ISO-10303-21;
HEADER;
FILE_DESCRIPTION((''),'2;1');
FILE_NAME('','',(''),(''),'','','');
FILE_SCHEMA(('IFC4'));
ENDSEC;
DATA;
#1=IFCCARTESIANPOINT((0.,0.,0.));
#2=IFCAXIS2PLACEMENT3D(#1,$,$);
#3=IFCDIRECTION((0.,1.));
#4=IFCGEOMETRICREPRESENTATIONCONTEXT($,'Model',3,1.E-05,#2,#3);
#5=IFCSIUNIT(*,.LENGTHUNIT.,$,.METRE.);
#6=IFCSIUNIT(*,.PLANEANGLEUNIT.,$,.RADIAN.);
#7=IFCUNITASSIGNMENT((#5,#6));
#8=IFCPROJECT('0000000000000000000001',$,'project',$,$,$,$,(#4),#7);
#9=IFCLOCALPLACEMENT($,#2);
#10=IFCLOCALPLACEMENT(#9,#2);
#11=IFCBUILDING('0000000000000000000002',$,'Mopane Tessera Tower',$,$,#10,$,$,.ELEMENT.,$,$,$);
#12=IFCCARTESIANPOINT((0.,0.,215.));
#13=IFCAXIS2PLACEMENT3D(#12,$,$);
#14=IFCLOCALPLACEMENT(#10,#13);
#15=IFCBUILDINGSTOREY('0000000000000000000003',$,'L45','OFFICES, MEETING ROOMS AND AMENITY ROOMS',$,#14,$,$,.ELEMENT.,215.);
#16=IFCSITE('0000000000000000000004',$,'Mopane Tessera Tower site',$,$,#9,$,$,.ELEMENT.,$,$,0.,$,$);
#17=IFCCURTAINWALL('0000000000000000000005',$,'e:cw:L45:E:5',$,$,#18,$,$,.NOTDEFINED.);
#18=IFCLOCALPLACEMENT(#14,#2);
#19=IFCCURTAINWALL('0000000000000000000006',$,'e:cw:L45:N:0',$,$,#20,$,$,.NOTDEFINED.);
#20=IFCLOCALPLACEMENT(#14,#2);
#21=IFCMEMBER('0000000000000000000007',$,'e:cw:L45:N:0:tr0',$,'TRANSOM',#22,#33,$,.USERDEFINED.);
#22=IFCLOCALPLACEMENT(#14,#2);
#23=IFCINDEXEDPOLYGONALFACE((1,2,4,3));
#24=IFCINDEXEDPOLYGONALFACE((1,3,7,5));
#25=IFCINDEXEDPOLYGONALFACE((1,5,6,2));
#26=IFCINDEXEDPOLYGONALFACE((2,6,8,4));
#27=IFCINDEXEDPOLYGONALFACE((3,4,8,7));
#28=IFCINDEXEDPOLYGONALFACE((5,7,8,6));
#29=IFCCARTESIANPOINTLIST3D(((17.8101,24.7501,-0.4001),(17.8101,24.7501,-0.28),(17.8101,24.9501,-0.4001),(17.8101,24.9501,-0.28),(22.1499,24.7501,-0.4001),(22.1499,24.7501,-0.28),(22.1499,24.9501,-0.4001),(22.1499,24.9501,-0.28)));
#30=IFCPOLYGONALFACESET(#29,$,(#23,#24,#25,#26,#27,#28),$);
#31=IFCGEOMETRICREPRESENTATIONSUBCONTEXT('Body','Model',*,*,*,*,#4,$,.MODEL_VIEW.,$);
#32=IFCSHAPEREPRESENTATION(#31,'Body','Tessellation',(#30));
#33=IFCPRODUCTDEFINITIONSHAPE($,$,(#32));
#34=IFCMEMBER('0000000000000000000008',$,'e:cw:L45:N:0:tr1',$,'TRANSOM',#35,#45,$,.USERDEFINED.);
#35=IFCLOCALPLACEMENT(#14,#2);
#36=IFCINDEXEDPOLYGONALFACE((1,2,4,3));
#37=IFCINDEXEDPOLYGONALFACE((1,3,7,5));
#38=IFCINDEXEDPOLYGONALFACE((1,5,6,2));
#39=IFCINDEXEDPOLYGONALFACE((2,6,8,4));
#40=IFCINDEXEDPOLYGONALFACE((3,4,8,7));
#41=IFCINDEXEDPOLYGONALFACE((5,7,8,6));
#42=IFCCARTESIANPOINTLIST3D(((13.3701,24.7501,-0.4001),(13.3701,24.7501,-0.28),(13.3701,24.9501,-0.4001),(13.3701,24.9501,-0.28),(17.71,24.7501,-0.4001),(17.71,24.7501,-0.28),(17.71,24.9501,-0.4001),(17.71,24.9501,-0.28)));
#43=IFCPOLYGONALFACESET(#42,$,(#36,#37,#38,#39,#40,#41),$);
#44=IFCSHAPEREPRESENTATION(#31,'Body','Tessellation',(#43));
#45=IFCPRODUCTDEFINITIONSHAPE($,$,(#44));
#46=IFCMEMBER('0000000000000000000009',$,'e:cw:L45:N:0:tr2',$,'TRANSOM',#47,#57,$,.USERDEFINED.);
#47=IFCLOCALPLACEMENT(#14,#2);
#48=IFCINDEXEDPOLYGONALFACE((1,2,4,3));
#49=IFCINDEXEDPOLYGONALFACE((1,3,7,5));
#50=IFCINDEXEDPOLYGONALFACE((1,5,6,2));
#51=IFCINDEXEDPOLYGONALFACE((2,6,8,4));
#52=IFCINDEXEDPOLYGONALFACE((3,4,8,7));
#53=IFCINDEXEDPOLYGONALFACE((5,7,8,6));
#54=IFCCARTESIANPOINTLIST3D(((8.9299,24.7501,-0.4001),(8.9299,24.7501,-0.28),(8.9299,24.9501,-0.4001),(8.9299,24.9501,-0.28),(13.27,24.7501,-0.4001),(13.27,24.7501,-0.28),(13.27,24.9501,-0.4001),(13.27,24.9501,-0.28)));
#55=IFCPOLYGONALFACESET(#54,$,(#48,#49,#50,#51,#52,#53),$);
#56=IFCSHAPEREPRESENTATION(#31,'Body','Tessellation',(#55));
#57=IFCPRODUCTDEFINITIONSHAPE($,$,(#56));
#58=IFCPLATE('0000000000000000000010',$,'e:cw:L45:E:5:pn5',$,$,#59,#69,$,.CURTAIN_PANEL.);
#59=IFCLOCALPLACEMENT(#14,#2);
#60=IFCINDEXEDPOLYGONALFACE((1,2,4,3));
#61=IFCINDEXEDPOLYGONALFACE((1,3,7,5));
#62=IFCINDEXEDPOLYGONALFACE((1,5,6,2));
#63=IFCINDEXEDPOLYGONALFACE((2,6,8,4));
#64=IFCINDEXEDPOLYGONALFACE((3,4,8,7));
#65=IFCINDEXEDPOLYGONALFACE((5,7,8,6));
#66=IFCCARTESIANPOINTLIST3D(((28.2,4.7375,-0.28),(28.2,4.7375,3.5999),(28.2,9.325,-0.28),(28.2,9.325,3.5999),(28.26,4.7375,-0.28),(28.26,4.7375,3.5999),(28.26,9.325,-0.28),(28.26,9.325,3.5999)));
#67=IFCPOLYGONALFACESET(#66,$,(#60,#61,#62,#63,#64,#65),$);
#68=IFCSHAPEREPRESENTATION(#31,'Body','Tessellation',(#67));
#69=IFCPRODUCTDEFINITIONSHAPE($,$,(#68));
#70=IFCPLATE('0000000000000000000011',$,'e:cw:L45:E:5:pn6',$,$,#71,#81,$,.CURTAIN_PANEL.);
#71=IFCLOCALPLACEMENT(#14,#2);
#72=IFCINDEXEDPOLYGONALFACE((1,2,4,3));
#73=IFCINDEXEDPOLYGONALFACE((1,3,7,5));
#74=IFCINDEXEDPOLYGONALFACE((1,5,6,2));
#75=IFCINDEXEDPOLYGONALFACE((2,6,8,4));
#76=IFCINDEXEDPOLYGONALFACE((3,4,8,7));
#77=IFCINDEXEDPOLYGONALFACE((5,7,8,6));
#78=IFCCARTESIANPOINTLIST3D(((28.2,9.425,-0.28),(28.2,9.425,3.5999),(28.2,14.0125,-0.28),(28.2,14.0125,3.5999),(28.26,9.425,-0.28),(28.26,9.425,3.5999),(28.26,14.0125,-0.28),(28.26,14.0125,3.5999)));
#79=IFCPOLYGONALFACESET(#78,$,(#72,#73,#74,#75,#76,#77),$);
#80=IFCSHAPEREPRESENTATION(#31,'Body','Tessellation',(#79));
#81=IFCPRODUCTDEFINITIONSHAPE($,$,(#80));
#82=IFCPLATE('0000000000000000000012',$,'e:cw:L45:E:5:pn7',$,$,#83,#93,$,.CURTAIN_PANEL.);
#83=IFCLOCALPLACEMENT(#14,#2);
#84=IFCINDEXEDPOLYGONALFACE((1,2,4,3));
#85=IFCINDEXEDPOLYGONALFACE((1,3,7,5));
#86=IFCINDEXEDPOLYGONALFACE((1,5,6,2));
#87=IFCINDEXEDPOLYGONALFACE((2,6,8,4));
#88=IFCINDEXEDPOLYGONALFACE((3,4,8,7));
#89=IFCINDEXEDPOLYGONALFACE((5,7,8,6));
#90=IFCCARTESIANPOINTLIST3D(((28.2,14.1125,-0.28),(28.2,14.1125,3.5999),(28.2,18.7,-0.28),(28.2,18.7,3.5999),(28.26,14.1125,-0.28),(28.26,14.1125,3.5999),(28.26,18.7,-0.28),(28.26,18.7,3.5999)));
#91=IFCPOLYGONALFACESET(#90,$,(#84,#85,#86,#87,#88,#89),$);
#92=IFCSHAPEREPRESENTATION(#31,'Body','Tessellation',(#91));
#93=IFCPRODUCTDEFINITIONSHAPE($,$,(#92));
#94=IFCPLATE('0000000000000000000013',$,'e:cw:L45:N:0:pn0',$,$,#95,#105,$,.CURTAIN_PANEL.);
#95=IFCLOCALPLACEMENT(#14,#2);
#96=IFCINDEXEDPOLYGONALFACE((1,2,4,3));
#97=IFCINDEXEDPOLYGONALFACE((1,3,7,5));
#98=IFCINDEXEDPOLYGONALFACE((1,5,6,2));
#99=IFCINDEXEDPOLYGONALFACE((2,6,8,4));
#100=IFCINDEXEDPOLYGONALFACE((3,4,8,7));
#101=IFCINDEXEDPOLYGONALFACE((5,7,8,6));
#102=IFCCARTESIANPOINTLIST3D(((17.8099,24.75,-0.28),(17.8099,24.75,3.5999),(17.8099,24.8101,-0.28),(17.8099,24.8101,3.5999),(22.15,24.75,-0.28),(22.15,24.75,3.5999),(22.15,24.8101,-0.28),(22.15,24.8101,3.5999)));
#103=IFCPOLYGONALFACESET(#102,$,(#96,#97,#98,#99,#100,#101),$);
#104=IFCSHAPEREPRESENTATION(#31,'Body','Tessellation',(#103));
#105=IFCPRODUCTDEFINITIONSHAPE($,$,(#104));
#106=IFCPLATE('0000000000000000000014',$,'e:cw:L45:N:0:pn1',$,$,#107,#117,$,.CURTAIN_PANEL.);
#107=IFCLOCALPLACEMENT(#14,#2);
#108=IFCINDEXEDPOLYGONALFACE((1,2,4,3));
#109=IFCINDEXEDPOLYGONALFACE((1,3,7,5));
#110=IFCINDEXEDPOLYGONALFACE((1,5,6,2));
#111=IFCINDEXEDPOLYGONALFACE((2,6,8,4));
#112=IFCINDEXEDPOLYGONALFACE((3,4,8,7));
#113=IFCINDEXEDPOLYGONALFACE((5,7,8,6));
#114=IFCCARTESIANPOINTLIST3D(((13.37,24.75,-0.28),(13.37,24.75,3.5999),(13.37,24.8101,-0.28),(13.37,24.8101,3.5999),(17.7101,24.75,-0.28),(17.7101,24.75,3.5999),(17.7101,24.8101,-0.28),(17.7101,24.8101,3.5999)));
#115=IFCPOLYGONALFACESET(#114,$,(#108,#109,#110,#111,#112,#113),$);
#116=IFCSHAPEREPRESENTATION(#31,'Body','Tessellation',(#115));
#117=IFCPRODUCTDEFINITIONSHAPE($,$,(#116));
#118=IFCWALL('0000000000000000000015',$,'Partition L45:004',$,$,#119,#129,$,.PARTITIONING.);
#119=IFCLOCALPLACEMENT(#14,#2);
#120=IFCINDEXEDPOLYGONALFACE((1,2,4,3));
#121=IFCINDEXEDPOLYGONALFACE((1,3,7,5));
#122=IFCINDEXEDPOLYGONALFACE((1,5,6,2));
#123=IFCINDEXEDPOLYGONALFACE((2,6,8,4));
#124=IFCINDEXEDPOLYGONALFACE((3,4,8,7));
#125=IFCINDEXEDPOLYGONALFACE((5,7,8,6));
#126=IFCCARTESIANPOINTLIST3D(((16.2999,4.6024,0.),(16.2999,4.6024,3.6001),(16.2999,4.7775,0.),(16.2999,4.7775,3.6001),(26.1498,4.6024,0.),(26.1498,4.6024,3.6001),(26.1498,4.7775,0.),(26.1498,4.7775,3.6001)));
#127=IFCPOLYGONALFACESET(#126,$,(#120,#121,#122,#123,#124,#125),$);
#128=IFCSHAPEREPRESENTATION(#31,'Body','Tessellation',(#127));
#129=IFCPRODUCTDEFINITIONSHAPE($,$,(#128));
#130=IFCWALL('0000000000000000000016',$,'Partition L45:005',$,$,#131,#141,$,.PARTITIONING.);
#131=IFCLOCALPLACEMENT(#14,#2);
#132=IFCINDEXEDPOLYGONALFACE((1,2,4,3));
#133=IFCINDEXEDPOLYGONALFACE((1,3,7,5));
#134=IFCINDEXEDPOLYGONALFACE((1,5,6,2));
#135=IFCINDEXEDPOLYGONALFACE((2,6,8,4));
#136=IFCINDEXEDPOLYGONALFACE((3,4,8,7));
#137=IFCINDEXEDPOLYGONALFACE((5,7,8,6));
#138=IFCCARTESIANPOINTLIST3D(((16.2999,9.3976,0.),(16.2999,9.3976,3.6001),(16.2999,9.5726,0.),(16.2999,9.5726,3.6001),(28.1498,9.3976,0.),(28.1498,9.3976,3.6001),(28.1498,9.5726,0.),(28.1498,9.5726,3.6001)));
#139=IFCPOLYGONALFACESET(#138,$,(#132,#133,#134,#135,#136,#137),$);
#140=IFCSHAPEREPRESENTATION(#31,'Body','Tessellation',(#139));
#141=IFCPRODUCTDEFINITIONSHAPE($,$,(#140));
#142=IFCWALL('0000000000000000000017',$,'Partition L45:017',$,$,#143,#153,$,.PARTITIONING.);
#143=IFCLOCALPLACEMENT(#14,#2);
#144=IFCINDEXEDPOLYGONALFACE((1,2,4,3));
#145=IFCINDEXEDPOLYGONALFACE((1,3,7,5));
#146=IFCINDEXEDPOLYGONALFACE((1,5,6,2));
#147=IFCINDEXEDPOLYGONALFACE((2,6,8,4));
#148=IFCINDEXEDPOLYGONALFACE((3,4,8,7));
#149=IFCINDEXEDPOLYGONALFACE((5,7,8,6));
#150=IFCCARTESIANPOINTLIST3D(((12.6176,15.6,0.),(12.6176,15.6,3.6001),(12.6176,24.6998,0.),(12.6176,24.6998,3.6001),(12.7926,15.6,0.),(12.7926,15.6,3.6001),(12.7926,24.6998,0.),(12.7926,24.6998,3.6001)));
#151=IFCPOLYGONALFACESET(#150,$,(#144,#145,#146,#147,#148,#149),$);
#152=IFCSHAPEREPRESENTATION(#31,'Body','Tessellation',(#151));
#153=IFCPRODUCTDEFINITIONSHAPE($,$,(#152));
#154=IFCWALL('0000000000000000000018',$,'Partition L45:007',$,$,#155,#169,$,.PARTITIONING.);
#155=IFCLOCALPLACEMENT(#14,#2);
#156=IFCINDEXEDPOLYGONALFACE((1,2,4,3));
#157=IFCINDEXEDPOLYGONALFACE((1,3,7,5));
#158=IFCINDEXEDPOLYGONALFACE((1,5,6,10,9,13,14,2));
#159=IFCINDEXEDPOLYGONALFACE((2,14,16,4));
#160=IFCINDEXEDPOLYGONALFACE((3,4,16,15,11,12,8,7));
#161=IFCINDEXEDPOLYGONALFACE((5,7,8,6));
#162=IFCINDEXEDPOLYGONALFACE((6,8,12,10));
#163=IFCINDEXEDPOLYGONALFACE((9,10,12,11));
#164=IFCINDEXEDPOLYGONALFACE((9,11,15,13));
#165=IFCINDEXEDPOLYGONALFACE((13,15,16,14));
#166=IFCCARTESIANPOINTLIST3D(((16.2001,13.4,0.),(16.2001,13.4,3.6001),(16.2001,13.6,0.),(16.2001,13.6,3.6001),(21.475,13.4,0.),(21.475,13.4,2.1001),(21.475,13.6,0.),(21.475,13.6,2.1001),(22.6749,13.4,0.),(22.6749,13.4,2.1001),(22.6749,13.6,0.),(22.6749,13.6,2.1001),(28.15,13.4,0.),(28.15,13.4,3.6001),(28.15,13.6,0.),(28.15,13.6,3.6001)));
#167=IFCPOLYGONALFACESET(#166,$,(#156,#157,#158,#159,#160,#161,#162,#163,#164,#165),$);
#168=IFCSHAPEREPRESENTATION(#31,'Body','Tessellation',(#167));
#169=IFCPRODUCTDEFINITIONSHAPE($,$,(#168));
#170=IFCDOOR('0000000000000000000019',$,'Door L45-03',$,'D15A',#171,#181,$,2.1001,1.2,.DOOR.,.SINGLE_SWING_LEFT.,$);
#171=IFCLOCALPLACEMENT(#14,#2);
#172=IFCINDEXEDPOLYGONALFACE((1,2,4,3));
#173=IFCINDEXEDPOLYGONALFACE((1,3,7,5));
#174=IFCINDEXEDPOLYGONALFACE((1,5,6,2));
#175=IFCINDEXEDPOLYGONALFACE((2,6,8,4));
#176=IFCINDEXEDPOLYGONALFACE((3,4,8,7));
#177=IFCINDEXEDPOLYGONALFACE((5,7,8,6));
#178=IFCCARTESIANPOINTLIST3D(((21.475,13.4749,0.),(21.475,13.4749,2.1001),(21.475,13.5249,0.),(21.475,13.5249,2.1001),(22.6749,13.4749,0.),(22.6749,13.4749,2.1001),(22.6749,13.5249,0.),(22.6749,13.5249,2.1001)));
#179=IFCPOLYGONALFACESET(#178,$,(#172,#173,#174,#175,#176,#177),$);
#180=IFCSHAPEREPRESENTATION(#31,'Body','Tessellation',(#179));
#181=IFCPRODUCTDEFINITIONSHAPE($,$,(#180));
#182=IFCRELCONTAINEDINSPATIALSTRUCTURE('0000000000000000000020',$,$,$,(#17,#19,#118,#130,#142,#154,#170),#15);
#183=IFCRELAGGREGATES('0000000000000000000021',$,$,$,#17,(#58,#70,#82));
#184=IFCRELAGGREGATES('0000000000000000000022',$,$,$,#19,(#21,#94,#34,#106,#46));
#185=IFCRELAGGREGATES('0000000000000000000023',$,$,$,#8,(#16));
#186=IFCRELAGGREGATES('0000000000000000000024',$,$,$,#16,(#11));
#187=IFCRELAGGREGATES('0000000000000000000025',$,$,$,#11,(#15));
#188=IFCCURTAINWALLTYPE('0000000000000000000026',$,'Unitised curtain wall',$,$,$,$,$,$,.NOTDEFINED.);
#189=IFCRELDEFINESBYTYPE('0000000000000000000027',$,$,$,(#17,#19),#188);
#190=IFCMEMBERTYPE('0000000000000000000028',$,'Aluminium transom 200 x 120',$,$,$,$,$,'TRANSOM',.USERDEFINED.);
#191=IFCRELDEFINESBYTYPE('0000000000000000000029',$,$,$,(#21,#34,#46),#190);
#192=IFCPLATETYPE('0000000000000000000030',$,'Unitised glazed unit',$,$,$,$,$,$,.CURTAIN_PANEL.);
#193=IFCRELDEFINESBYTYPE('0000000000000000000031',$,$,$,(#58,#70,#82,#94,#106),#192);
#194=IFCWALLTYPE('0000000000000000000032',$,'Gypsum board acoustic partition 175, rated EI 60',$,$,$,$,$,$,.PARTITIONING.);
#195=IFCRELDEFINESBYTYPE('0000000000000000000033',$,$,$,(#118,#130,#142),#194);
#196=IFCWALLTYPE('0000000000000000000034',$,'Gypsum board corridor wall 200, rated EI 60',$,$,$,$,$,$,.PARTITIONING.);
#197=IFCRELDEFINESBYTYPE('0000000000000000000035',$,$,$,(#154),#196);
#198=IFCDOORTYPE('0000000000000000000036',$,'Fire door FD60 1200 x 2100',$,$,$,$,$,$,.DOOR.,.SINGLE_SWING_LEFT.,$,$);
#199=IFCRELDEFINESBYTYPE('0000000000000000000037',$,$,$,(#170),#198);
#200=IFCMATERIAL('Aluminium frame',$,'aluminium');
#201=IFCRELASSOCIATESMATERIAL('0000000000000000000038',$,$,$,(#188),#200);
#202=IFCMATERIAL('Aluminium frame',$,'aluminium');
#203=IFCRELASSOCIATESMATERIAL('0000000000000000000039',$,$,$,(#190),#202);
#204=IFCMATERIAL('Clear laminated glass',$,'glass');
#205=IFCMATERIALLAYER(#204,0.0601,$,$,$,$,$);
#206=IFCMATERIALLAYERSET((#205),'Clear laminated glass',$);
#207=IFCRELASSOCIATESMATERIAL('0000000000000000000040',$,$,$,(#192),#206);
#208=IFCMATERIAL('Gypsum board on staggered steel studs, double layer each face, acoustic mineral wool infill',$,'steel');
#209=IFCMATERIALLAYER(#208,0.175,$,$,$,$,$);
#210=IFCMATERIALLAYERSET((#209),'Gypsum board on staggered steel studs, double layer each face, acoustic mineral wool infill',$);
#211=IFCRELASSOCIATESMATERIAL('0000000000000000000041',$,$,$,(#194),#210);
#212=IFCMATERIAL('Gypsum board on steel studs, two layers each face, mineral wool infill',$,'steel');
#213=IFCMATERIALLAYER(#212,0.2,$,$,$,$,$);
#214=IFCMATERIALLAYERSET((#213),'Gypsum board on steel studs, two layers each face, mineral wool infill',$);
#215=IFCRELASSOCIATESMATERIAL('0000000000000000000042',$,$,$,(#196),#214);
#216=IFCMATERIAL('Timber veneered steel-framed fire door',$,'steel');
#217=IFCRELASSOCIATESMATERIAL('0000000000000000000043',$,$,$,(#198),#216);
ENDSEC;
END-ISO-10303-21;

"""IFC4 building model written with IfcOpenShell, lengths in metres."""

from ifc_helpers import new_model, si_unit, direction, frame, frame_2d, origin, origin_2d, place, context, subcontext, project, spatial, rectangle, extrude, material, layer, layer_set, material_profile, profile_set, type_object, element, fill, aggregate, save


model = new_model("IFC4")

# Units and contexts
model_context = context("Model", 3, precision=1e-05, world=origin(), true_north=direction((0.0, 1.0)))
body_context = subcontext(model_context, "Body", "Model", "MODEL_VIEW")
ifc_project = project(units=[si_unit("LENGTHUNIT", "METRE"), si_unit("PLANEANGLEUNIT", "RADIAN")], contexts=[model_context])

# Site, building, storey
site_placement = place(None, origin())
site = spatial("IfcSite", under=ifc_project, at=site_placement, Name="Mopane Tessera Tower site", CompositionType="ELEMENT", RefElevation=0.0)
building_placement = place(site_placement, origin())
building = spatial("IfcBuilding", under=site, at=building_placement, Name="Mopane Tessera Tower", CompositionType="ELEMENT")
storey_placement = place(building_placement, frame((0.0, 0.0, 215.0)))
storey = spatial("IfcBuildingStorey", under=building, at=storey_placement, Name="L45", Description="OFFICES, MEETING ROOMS AND AMENITY ROOMS", CompositionType="ELEMENT", Elevation=215.0)

# Curtain walls
ifc_material_1 = material(Name="Aluminium frame", Category="aluminium")
curtain_wall_type = type_object("IfcCurtainWallType", Name="Unitised curtain wall", PredefinedType="NOTDEFINED", material=ifc_material_1)
curtain_wall_1_placement = place(storey_placement, origin())
curtain_wall_1 = element("IfcCurtainWall", 1, at=curtain_wall_1_placement, inside=storey, type_object=curtain_wall_type, Name="e:cw:L45:E:5", PredefinedType="NOTDEFINED")
curtain_wall_2_placement = place(storey_placement, origin())
curtain_wall_2 = element("IfcCurtainWall", 2, at=curtain_wall_2_placement, inside=storey, type_object=curtain_wall_type, Name="e:cw:L45:N:0", PredefinedType="NOTDEFINED")

# Members
ifc_material_2 = material(Name="Aluminium frame", Category="aluminium")
ifc_material_profile_1 = material_profile(ifc_material_2, rectangle(XDim=0.2, YDim=0.1201, at=origin_2d()))
ifc_profile_set_1 = profile_set([ifc_material_profile_1], Name="Aluminium frame")
member_type_1 = type_object("IfcMemberType", Name="Aluminium transom 200 x 120", ElementType="TRANSOM", PredefinedType="USERDEFINED", material=ifc_profile_set_1)
member_1_placement = place(storey_placement, frame((22.1499, 24.8501, -0.3401), z_axis=(-1.0, 0.0, 0.0), x_axis=(0.0, -1.0, 0.0)))
member_1 = element("IfcMember", 3, at=member_1_placement, type_object=member_type_1, Name="e:cw:L45:N:0:tr0", ObjectType="TRANSOM", PredefinedType="USERDEFINED", context=body_context, shape_type="SweptSolid", body=[
    extrude(rectangle(XDim=0.2, YDim=0.1201, at=origin_2d()), origin(), (0.0, 0.0, 1.0), 4.3398),
])
member_2_placement = place(storey_placement, frame((17.71, 24.8501, -0.3401), z_axis=(-1.0, 0.0, 0.0), x_axis=(0.0, -1.0, 0.0)))
member_2 = element("IfcMember", 4, at=member_2_placement, type_object=member_type_1, Name="e:cw:L45:N:0:tr1", ObjectType="TRANSOM", PredefinedType="USERDEFINED", context=body_context, shape_type="SweptSolid", body=[
    extrude(rectangle(XDim=0.2, YDim=0.1201, at=origin_2d()), origin(), (0.0, 0.0, 1.0), 4.3398),
])
member_3_placement = place(storey_placement, frame((13.27, 24.8501, -0.3401), z_axis=(-1.0, 0.0, 0.0), x_axis=(0.0, -1.0, 0.0)))
member_3 = element("IfcMember", 5, at=member_3_placement, type_object=member_type_1, Name="e:cw:L45:N:0:tr2", ObjectType="TRANSOM", PredefinedType="USERDEFINED", context=body_context, shape_type="SweptSolid", body=[
    extrude(rectangle(XDim=0.2, YDim=0.1201, at=origin_2d()), origin(), (0.0, 0.0, 1.0), 4.3401),
])

# Plates
ifc_material_3 = material(Name="Clear laminated glass", Category="glass")
ifc_layer_1 = layer(ifc_material_3, 0.0601)
ifc_layer_set_1 = layer_set([ifc_layer_1], Name="Clear laminated glass")
plate_type = type_object("IfcPlateType", Name="Unitised glazed unit", PredefinedType="CURTAIN_PANEL", material=ifc_layer_set_1)
plate_1_placement = place(storey_placement, frame((28.23, 7.0312, -0.28), z_axis=(0.0, 0.0, 1.0), x_axis=(0.0, 1.0, 0.0)))
plate_1 = element("IfcPlate", 6, at=plate_1_placement, type_object=plate_type, Name="e:cw:L45:E:5:pn5", PredefinedType="CURTAIN_PANEL", context=body_context, shape_type="SweptSolid", body=[
    extrude(rectangle(XDim=4.5874, YDim=0.0601, at=origin_2d()), origin(), (0.0, 0.0, 1.0), 3.8799),
])
plate_2_placement = place(storey_placement, frame((28.23, 11.7188, -0.28), z_axis=(0.0, 0.0, 1.0), x_axis=(0.0, 1.0, 0.0)))
plate_2 = element("IfcPlate", 7, at=plate_2_placement, type_object=plate_type, Name="e:cw:L45:E:5:pn6", PredefinedType="CURTAIN_PANEL", context=body_context, shape_type="SweptSolid", body=[
    extrude(rectangle(XDim=4.5874, YDim=0.0601, at=origin_2d()), origin(), (0.0, 0.0, 1.0), 3.8799),
])
plate_3_placement = place(storey_placement, frame((28.23, 16.4062, -0.28), z_axis=(0.0, 0.0, 1.0), x_axis=(0.0, 1.0, 0.0)))
plate_3 = element("IfcPlate", 8, at=plate_3_placement, type_object=plate_type, Name="e:cw:L45:E:5:pn7", PredefinedType="CURTAIN_PANEL", context=body_context, shape_type="SweptSolid", body=[
    extrude(rectangle(XDim=4.5874, YDim=0.0601, at=origin_2d()), origin(), (0.0, 0.0, 1.0), 3.8799),
])
aggregate(curtain_wall_1, [plate_1, plate_2, plate_3])
plate_4_placement = place(storey_placement, frame((19.98, 24.78, -0.28), z_axis=(0.0, 0.0, 1.0), x_axis=(-1.0, 0.0, 0.0)))
plate_4 = element("IfcPlate", 9, at=plate_4_placement, type_object=plate_type, Name="e:cw:L45:N:0:pn0", PredefinedType="CURTAIN_PANEL", context=body_context, shape_type="SweptSolid", body=[
    extrude(rectangle(XDim=4.3401, YDim=0.0601, at=origin_2d()), origin(), (0.0, 0.0, 1.0), 3.8799),
])
plate_5_placement = place(storey_placement, frame((15.54, 24.78, -0.28), z_axis=(0.0, 0.0, 1.0), x_axis=(-1.0, 0.0, 0.0)))
plate_5 = element("IfcPlate", 10, at=plate_5_placement, type_object=plate_type, Name="e:cw:L45:N:0:pn1", PredefinedType="CURTAIN_PANEL", context=body_context, shape_type="SweptSolid", body=[
    extrude(rectangle(XDim=4.3401, YDim=0.0601, at=origin_2d()), origin(), (0.0, 0.0, 1.0), 3.8799),
])
aggregate(curtain_wall_2, [member_1, plate_4, member_2, plate_5, member_3])

# Walls
ifc_material_4 = material(Name="Gypsum board on staggered steel studs, double layer each face, acoustic mineral wool infill", Category="steel")
ifc_layer_2 = layer(ifc_material_4, 0.175)
ifc_layer_set_2 = layer_set([ifc_layer_2], Name="Gypsum board on staggered steel studs, double layer each face, acoustic mineral wool infill")
wall_type_1 = type_object("IfcWallType", Name="Gypsum board acoustic partition 175, rated EI 60", PredefinedType="PARTITIONING", material=ifc_layer_set_2)
wall_1_placement = place(storey_placement, frame((16.3, 4.6899, 0.0), z_axis=(0.0, 0.0, 1.0), x_axis=(1.0, 0.0, 0.0)))
element("IfcWall", 11, at=wall_1_placement, inside=storey, type_object=wall_type_1, Name="Partition L45:004", PredefinedType="PARTITIONING", context=body_context, shape_type="SweptSolid", body=[
    extrude(rectangle(XDim=9.8499, YDim=0.175, at=frame_2d((4.9248, 0.0))), origin(), (0.0, 0.0, 1.0), 3.6001),
])
wall_2_placement = place(storey_placement, frame((16.3, 9.4851, 0.0), z_axis=(0.0, 0.0, 1.0), x_axis=(1.0, 0.0, 0.0)))
element("IfcWall", 12, at=wall_2_placement, inside=storey, type_object=wall_type_1, Name="Partition L45:005", PredefinedType="PARTITIONING", context=body_context, shape_type="SweptSolid", body=[
    extrude(rectangle(XDim=11.8499, YDim=0.175, at=frame_2d((5.9248, 0.0))), origin(), (0.0, 0.0, 1.0), 3.6001),
])
wall_3_placement = place(storey_placement, frame((12.7051, 15.6001, 0.0), z_axis=(0.0, 0.0, 1.0), x_axis=(0.0, 1.0, 0.0)))
element("IfcWall", 13, at=wall_3_placement, inside=storey, type_object=wall_type_1, Name="Partition L45:017", PredefinedType="PARTITIONING", context=body_context, shape_type="SweptSolid", body=[
    extrude(rectangle(XDim=9.0999, YDim=0.175, at=frame_2d((4.5498, 0.0))), origin(), (0.0, 0.0, 1.0), 3.6001),
])

# Wall, opening, door
ifc_material_5 = material(Name="Gypsum board on steel studs, two layers each face, mineral wool infill", Category="steel")
ifc_layer_3 = layer(ifc_material_5, 0.2)
ifc_layer_set_3 = layer_set([ifc_layer_3], Name="Gypsum board on steel studs, two layers each face, mineral wool infill")
wall_type_2 = type_object("IfcWallType", Name="Gypsum board corridor wall 200, rated EI 60", PredefinedType="PARTITIONING", material=ifc_layer_set_3)
wall_4_placement = place(storey_placement, frame((16.2, 13.5, 0.0), z_axis=(0.0, 0.0, 1.0), x_axis=(1.0, 0.0, 0.0)))
wall_4 = element("IfcWall", 14, at=wall_4_placement, inside=storey, type_object=wall_type_2, Name="Partition L45:007", PredefinedType="PARTITIONING", context=body_context, shape_type="SweptSolid", body=[
    extrude(rectangle(XDim=11.95, YDim=0.2, at=frame_2d((5.9751, 0.0))), origin(), (0.0, 0.0, 1.0), 3.6001),
])
opening_placement = place(wall_4_placement, frame((5.2749, 0.0, 0.0)))
opening = element("IfcOpeningElement", 15, at=opening_placement, cuts=wall_4, PredefinedType="OPENING", context=body_context, shape_type="SweptSolid", body=[
    extrude(rectangle(XDim=1.2, YDim=2.1001, at=frame_2d((0.6001, 1.05))), frame((0.0, 0.1121, 0.0), z_axis=(0.0, -1.0, 0.0), x_axis=(1.0, 0.0, 0.0)), (0.0, 0.0, 1.0), 0.2239),
])
ifc_material_6 = material(Name="Timber veneered steel-framed fire door", Category="steel")
door_type = type_object("IfcDoorType", Name="Fire door FD60 1200 x 2100", OperationType="SINGLE_SWING_LEFT", PredefinedType="DOOR", material=ifc_material_6)
door_placement = place(opening_placement, origin())
door = element("IfcDoor", 16, at=door_placement, inside=storey, type_object=door_type, Name="Door L45-03", ObjectType="D15A", OperationType="SINGLE_SWING_LEFT", OverallHeight=2.1001, OverallWidth=1.2, PredefinedType="DOOR", context=body_context, shape_type="SweptSolid", body=[
    extrude(rectangle(XDim=1.2, YDim=2.1001, at=frame_2d((0.6001, 1.05))), frame((0.0, 0.0249, 0.0), z_axis=(0.0, -1.0, 0.0), x_axis=(1.0, 0.0, 0.0)), (0.0, 0.0, 1.0), 0.05),
])
fill(opening, door)

save(model, "model.ifc")
